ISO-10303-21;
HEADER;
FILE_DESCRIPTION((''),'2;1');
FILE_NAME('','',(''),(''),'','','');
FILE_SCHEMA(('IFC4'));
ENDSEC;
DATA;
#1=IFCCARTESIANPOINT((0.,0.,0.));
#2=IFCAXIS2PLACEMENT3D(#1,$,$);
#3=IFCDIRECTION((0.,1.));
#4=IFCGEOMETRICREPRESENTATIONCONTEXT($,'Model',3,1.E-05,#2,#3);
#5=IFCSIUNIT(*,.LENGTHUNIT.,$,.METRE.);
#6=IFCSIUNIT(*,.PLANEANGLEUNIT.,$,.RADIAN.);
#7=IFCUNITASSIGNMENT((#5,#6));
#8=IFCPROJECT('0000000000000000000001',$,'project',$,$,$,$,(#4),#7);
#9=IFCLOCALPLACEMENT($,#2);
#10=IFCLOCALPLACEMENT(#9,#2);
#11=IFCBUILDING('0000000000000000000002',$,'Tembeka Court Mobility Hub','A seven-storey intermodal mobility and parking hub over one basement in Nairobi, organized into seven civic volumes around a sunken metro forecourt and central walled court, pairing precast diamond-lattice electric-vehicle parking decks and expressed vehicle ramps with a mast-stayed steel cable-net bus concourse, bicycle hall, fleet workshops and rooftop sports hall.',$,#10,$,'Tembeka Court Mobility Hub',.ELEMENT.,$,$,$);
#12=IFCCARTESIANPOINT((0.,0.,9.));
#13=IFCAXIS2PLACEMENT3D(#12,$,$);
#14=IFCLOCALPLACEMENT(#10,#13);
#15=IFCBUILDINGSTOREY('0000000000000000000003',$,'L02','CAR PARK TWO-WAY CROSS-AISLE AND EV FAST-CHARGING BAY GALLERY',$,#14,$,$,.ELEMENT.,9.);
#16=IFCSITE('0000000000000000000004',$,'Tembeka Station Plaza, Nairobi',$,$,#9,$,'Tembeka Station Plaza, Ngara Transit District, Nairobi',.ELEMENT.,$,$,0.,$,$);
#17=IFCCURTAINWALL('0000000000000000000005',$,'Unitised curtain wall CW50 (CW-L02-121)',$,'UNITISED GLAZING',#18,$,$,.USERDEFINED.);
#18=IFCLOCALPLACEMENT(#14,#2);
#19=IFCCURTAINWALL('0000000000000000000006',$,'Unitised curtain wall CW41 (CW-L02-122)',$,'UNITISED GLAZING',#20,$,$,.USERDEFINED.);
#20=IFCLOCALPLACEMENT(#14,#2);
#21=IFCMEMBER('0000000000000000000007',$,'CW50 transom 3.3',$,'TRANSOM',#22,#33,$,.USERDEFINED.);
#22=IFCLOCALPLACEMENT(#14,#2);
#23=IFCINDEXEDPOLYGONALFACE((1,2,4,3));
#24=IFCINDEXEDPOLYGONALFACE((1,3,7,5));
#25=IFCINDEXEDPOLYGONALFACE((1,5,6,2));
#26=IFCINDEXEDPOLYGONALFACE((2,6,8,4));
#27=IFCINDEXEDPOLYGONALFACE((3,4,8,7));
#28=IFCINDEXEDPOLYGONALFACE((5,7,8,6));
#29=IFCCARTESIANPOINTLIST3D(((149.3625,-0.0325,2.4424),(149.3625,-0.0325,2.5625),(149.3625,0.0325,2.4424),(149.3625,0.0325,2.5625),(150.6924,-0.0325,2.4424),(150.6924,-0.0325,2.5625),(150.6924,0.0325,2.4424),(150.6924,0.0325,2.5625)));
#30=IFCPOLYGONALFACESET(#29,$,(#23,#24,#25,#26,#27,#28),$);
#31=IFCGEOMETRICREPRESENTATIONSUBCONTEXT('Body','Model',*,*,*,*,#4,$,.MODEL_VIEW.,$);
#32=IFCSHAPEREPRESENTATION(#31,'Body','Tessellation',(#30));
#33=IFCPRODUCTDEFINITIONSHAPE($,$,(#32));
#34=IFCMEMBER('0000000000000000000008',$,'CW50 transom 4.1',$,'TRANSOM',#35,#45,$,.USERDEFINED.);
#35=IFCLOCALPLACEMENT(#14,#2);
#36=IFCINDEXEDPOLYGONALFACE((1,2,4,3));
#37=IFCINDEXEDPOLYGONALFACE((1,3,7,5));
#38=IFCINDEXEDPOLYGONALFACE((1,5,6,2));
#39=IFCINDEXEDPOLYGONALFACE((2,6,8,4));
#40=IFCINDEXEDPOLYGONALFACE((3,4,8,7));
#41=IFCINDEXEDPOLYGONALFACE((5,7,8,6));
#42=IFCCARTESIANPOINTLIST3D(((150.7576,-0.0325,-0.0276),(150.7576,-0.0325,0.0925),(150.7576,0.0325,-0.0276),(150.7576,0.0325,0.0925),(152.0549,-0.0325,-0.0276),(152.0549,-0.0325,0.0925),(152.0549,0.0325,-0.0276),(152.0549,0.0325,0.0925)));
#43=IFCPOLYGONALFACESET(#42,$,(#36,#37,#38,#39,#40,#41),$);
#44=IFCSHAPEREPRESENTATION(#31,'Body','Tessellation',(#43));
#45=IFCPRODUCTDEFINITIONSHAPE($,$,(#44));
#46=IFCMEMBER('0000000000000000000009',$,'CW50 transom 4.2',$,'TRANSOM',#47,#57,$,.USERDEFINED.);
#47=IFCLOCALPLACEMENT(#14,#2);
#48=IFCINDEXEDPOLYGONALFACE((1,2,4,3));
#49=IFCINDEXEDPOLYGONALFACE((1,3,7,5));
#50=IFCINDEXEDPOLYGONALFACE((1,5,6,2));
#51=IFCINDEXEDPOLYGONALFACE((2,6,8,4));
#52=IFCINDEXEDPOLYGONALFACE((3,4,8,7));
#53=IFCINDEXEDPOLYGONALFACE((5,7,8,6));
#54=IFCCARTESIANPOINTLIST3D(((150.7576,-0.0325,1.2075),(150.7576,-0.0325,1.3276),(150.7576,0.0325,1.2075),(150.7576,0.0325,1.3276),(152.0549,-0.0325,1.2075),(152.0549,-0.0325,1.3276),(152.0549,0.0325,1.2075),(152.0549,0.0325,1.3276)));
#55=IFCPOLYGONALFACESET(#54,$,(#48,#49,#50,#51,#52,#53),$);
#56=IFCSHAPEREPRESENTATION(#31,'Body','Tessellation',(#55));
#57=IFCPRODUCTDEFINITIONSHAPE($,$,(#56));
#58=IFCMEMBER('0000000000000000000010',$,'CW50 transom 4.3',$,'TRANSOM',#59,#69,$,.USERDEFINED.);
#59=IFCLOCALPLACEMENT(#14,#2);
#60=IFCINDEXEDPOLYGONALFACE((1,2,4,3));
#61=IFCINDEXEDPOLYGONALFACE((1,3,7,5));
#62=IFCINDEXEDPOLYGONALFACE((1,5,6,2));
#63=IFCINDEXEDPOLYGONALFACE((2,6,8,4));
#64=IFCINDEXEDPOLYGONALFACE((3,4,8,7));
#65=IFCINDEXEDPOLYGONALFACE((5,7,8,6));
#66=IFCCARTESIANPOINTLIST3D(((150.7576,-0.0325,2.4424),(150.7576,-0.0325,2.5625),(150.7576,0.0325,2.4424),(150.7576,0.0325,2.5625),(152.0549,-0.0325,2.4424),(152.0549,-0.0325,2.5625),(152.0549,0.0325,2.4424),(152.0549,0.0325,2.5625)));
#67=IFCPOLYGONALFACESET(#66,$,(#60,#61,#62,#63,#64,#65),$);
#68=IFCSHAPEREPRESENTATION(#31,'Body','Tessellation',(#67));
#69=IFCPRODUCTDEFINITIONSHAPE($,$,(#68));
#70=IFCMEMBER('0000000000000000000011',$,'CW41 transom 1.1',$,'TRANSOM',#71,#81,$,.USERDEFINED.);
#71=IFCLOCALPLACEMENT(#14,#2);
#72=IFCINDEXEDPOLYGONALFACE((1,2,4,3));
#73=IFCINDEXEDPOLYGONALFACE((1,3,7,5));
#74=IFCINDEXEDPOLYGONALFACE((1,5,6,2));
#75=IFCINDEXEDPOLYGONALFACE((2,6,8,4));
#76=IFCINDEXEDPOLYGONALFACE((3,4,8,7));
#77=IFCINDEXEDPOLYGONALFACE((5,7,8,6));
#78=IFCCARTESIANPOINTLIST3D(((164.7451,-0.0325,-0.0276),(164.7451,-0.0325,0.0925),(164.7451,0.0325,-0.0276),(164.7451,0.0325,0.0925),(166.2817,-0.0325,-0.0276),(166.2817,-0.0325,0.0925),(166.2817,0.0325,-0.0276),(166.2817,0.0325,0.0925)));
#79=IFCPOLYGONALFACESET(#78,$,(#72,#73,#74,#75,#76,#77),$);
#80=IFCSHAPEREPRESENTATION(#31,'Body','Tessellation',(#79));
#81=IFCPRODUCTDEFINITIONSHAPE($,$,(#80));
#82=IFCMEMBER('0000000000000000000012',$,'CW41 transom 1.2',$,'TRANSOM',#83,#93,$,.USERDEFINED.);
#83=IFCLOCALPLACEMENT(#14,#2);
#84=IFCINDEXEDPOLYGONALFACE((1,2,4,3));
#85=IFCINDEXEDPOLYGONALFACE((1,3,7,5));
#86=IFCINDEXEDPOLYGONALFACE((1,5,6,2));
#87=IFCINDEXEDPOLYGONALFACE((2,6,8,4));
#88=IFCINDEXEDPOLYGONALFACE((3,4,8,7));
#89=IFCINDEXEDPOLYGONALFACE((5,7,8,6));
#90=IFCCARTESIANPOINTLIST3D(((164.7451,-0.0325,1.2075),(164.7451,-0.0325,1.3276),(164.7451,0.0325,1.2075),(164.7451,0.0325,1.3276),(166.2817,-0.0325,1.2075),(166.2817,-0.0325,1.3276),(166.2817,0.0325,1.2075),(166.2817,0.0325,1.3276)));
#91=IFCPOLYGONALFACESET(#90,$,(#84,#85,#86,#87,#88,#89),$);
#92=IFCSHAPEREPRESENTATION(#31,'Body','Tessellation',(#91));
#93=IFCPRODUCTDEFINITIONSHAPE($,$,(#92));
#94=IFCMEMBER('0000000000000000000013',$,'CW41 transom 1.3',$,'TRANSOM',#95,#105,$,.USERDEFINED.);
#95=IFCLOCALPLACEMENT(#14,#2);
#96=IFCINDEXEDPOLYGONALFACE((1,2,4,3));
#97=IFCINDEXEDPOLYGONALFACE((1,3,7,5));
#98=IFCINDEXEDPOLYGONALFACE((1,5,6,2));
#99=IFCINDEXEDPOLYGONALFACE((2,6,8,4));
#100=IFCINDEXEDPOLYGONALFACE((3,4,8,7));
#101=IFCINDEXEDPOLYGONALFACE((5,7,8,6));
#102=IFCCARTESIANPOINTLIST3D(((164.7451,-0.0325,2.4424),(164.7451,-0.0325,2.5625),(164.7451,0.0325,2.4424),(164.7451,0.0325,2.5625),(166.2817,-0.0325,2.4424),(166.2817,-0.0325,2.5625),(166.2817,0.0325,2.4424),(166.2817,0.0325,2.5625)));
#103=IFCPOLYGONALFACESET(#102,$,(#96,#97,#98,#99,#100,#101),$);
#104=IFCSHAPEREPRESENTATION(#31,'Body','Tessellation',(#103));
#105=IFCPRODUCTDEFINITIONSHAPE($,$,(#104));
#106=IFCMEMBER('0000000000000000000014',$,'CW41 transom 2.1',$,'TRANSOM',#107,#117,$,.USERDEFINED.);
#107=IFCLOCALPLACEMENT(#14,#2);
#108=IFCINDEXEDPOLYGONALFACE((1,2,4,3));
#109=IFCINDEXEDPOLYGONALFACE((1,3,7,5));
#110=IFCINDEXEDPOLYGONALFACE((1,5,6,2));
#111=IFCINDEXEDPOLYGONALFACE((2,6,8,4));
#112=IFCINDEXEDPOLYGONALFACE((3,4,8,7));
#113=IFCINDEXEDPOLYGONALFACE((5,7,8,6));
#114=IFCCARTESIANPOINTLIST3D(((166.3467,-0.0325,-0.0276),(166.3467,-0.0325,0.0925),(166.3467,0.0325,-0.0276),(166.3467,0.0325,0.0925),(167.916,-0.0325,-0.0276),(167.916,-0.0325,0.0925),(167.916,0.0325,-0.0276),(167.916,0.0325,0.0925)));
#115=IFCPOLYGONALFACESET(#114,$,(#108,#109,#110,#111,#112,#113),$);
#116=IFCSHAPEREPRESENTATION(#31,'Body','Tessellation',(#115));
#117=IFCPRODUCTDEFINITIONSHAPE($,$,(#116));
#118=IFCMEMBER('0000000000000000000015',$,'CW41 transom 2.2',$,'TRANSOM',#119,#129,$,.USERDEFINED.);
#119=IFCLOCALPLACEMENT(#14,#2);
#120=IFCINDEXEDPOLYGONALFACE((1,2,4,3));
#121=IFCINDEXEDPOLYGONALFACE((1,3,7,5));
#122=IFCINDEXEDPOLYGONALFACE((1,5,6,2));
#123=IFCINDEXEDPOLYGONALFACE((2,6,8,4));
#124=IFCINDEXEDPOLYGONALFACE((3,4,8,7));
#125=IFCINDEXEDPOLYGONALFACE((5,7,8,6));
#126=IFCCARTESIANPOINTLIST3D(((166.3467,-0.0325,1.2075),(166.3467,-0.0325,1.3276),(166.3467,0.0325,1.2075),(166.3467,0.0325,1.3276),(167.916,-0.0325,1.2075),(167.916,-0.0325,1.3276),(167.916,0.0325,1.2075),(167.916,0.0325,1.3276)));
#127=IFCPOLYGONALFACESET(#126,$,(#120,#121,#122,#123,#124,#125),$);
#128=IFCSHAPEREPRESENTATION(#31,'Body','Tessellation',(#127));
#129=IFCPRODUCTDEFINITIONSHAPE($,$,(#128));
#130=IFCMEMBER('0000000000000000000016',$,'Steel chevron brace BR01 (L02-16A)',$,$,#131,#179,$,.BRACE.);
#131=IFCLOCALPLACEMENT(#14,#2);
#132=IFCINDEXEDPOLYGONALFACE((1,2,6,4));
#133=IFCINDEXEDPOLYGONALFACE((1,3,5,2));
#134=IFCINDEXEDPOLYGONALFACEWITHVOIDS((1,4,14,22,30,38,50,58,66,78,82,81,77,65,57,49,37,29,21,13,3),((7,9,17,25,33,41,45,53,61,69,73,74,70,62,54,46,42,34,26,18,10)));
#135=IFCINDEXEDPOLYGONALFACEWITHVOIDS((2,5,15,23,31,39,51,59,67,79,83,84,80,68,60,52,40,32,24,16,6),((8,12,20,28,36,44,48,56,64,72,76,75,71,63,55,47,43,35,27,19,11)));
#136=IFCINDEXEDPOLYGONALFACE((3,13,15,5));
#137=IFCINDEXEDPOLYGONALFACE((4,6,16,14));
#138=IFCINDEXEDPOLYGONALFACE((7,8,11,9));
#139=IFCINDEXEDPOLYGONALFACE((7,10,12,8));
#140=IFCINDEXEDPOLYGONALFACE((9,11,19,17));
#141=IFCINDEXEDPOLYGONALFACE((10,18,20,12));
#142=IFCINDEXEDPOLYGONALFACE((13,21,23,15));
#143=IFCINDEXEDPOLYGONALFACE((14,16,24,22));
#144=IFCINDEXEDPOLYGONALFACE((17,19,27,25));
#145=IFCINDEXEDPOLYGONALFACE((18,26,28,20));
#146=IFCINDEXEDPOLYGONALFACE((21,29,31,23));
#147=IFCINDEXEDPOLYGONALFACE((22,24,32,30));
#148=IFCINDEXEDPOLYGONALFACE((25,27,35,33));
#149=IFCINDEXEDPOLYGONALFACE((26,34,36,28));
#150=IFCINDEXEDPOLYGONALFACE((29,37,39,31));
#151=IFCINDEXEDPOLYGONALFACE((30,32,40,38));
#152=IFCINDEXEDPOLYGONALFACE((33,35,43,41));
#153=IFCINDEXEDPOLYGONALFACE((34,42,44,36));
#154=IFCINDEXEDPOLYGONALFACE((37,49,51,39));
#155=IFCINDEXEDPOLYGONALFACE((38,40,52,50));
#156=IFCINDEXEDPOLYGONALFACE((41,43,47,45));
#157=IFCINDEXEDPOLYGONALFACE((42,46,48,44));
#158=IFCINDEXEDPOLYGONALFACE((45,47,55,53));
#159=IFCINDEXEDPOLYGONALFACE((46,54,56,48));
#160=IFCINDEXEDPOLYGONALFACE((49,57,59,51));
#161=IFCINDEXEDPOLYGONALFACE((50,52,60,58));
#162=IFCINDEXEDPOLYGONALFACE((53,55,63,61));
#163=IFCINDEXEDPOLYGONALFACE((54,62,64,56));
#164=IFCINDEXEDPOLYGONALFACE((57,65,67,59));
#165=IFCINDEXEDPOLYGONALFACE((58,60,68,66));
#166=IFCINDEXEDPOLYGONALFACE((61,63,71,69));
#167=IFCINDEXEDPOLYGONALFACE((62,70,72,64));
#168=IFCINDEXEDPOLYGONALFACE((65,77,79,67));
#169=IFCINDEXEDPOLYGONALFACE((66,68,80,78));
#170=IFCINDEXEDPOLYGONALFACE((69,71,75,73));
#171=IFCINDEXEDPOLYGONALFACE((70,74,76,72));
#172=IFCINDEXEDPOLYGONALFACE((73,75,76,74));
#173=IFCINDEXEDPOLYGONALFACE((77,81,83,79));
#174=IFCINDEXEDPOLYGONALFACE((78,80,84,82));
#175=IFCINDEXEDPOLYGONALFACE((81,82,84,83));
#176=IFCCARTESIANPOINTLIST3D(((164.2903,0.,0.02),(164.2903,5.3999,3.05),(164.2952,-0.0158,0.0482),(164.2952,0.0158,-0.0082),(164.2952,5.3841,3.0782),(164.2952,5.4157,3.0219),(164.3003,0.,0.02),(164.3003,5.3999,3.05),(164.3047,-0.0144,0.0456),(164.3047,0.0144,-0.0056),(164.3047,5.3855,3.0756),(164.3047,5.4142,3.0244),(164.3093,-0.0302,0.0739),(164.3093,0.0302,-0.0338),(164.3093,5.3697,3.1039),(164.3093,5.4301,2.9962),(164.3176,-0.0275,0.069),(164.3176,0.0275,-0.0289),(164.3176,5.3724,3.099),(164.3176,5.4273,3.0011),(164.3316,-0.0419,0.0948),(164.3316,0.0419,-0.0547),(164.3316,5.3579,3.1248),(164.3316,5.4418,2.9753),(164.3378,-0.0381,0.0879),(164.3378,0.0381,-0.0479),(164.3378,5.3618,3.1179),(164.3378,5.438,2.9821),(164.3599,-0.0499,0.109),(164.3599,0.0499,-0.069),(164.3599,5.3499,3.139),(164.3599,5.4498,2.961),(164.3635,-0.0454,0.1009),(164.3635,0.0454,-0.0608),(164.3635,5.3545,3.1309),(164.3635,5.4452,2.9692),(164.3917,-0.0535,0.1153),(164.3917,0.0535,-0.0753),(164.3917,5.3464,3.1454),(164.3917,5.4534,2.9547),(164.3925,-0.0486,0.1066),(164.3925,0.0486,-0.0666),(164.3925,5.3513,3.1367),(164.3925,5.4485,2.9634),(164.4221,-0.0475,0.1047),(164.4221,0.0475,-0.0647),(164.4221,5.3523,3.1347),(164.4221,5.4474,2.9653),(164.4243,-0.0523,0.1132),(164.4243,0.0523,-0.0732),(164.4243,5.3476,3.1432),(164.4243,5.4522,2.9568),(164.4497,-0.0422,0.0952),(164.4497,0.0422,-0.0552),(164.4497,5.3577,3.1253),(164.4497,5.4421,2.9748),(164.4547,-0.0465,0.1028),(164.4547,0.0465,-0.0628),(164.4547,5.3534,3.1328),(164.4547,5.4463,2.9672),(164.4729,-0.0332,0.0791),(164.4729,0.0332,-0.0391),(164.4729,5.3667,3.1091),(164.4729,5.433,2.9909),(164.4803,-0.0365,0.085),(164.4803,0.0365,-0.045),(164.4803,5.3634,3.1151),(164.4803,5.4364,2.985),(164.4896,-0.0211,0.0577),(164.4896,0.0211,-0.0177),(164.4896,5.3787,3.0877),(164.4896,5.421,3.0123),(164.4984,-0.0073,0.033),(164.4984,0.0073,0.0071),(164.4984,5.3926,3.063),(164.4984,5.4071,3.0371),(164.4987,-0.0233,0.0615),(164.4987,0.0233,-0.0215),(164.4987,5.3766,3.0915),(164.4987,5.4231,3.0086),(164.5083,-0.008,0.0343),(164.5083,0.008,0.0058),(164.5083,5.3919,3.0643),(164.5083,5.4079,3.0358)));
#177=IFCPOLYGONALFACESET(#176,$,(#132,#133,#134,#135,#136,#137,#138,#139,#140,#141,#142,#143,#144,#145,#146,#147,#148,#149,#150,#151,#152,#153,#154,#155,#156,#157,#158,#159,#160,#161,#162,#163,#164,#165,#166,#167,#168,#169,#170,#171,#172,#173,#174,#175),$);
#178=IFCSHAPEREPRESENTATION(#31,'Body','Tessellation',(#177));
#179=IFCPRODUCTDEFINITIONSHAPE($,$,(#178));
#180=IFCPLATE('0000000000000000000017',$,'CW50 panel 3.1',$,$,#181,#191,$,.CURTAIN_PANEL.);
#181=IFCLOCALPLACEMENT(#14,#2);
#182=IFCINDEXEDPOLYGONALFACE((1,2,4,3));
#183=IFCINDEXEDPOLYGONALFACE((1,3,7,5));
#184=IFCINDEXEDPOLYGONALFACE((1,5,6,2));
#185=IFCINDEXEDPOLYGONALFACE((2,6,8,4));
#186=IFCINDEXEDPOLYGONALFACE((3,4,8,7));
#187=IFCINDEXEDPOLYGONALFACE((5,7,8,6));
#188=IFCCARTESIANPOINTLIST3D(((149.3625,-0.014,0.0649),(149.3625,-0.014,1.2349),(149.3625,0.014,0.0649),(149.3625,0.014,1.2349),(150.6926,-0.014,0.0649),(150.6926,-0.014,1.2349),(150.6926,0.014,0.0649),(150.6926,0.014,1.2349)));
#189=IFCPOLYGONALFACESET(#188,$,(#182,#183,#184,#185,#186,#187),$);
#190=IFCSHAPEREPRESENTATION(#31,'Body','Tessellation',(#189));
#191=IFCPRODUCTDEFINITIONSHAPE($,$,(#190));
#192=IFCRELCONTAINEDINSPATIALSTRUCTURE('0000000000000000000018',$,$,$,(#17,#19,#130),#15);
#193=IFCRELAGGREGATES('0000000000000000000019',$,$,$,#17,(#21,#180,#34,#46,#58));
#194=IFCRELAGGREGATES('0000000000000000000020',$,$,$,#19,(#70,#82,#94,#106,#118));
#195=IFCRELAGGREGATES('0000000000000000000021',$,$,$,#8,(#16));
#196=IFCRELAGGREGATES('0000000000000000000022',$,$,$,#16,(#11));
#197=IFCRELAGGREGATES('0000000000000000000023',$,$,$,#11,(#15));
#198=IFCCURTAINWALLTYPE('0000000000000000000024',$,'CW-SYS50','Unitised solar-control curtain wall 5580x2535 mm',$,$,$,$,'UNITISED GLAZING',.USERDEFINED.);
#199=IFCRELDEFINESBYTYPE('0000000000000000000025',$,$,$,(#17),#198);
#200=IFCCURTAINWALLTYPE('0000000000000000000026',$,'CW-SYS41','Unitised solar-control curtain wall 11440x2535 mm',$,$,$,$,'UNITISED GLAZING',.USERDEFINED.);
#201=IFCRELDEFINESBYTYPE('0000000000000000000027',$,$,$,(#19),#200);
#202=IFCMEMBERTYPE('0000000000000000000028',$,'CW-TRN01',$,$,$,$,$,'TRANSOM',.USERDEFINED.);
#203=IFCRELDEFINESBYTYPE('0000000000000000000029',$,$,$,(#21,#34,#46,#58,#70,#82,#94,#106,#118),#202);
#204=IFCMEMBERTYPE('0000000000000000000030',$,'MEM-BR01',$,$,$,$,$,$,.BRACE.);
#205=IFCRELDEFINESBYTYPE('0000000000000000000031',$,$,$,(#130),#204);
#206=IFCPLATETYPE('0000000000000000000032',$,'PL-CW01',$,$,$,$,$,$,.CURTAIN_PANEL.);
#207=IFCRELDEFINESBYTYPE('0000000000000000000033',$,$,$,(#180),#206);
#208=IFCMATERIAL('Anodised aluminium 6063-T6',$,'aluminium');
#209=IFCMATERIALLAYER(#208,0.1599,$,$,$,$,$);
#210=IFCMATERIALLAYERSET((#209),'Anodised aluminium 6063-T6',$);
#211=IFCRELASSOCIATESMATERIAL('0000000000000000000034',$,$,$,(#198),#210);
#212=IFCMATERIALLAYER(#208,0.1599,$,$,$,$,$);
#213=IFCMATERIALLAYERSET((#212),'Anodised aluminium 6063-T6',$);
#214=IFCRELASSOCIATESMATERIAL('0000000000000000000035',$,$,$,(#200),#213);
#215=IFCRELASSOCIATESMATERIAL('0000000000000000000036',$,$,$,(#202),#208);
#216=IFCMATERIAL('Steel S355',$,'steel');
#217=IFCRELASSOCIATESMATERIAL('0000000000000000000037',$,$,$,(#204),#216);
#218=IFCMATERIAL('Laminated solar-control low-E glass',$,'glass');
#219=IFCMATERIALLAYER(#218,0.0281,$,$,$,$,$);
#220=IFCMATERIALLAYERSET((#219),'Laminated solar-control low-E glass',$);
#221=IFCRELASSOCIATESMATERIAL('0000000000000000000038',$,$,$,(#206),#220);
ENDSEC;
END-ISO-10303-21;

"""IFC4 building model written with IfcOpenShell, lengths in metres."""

from ifc_helpers import new_model, si_unit, direction, frame, origin, origin_2d, place, context, subcontext, project, spatial, rectangle, hollow_circle, extrude, material, layer, layer_set, material_profile, profile_set, type_object, element, aggregate, save


model = new_model("IFC4")

# Units and contexts
model_context = context("Model", 3, precision=1e-05, world=origin(), true_north=direction((0.0, 1.0)))
body_context = subcontext(model_context, "Body", "Model", "MODEL_VIEW")
ifc_project = project(units=[si_unit("LENGTHUNIT", "METRE"), si_unit("PLANEANGLEUNIT", "RADIAN")], contexts=[model_context])

# Site, building, storey
site_placement = place(None, origin())
site = spatial("IfcSite", under=ifc_project, at=site_placement, Name="Tembeka Station Plaza, Nairobi", LongName="Tembeka Station Plaza, Ngara Transit District, Nairobi", CompositionType="ELEMENT", RefElevation=0.0)
building_placement = place(site_placement, origin())
building = spatial("IfcBuilding", under=site, at=building_placement, Name="Tembeka Court Mobility Hub", Description="A seven-storey intermodal mobility and parking hub over one basement in Nairobi, organized into seven civic volumes around a sunken metro forecourt and central walled court, pairing precast diamond-lattice electric-vehicle parking decks and expressed vehicle ramps with a mast-stayed steel cable-net bus concourse, bicycle hall, fleet workshops and rooftop sports hall.", LongName="Tembeka Court Mobility Hub", CompositionType="ELEMENT")
storey_placement = place(building_placement, frame((0.0, 0.0, 9.0)))
storey = spatial("IfcBuildingStorey", under=building, at=storey_placement, Name="L02", Description="CAR PARK TWO-WAY CROSS-AISLE AND EV FAST-CHARGING BAY GALLERY", CompositionType="ELEMENT", Elevation=9.0)

# Shared definitions
ifc_material_1 = material(Name="Steel S355", Category="steel")

# Curtain walls
ifc_material_2 = material(Name="Anodised aluminium 6063-T6", Category="aluminium")
ifc_layer_1 = layer(ifc_material_2, 0.1599)
ifc_layer_set_1 = layer_set([ifc_layer_1], Name="Anodised aluminium 6063-T6")
curtain_wall_type_1 = type_object("IfcCurtainWallType", Name="CW-SYS50", Description="Unitised solar-control curtain wall 5580x2535 mm", ElementType="UNITISED GLAZING", PredefinedType="USERDEFINED", material=ifc_layer_set_1)
curtain_wall_1_placement = place(storey_placement, origin())
curtain_wall_1 = element("IfcCurtainWall", 1, at=curtain_wall_1_placement, inside=storey, type_object=curtain_wall_type_1, Name="Unitised curtain wall CW50 (CW-L02-121)", ObjectType="UNITISED GLAZING", PredefinedType="USERDEFINED")
ifc_layer_2 = layer(ifc_material_2, 0.1599)
ifc_layer_set_2 = layer_set([ifc_layer_2], Name="Anodised aluminium 6063-T6")
curtain_wall_type_2 = type_object("IfcCurtainWallType", Name="CW-SYS41", Description="Unitised solar-control curtain wall 11440x2535 mm", ElementType="UNITISED GLAZING", PredefinedType="USERDEFINED", material=ifc_layer_set_2)
curtain_wall_2_placement = place(storey_placement, origin())
curtain_wall_2 = element("IfcCurtainWall", 2, at=curtain_wall_2_placement, inside=storey, type_object=curtain_wall_type_2, Name="Unitised curtain wall CW41 (CW-L02-122)", ObjectType="UNITISED GLAZING", PredefinedType="USERDEFINED")

# Members
ifc_material_profile_1 = material_profile(ifc_material_2, rectangle(XDim=0.0649, YDim=0.1201, at=origin_2d()), Name="ALU-TRN 65x120")
ifc_profile_set_1 = profile_set([ifc_material_profile_1], Name="Anodised aluminium 6063-T6")
member_type_1 = type_object("IfcMemberType", Name="CW-TRN01", ElementType="TRANSOM", PredefinedType="USERDEFINED", material=ifc_profile_set_1)
member_1_placement = place(storey_placement, frame((149.3625, 0.0, 2.5024), z_axis=(1.0, 0.0, 0.0), x_axis=(0.0, 1.0, 0.0)))
member_1 = element("IfcMember", 3, at=member_1_placement, type_object=member_type_1, Name="CW50 transom 3.3", ObjectType="TRANSOM", PredefinedType="USERDEFINED", context=body_context, shape_type="SweptSolid", body=[
    extrude(rectangle(XDim=0.0649, YDim=0.1201, at=origin_2d()), origin(), (0.0, 0.0, 1.0), 1.3298),
])
member_2_placement = place(storey_placement, frame((150.7576, 0.0, 0.0325), z_axis=(1.0, 0.0, 0.0), x_axis=(0.0, 1.0, 0.0)))
member_2 = element("IfcMember", 4, at=member_2_placement, type_object=member_type_1, Name="CW50 transom 4.1", ObjectType="TRANSOM", PredefinedType="USERDEFINED", context=body_context, shape_type="SweptSolid", body=[
    extrude(rectangle(XDim=0.0649, YDim=0.1201, at=origin_2d()), origin(), (0.0, 0.0, 1.0), 1.2974),
])
member_3_placement = place(storey_placement, frame((150.7576, 0.0, 1.2676), z_axis=(1.0, 0.0, 0.0), x_axis=(0.0, 1.0, 0.0)))
member_3 = element("IfcMember", 5, at=member_3_placement, type_object=member_type_1, Name="CW50 transom 4.2", ObjectType="TRANSOM", PredefinedType="USERDEFINED", context=body_context, shape_type="SweptSolid", body=[
    extrude(rectangle(XDim=0.0649, YDim=0.1201, at=origin_2d()), origin(), (0.0, 0.0, 1.0), 1.2974),
])
member_4_placement = place(storey_placement, frame((150.7576, 0.0, 2.5024), z_axis=(1.0, 0.0, 0.0), x_axis=(0.0, 1.0, 0.0)))
member_4 = element("IfcMember", 6, at=member_4_placement, type_object=member_type_1, Name="CW50 transom 4.3", ObjectType="TRANSOM", PredefinedType="USERDEFINED", context=body_context, shape_type="SweptSolid", body=[
    extrude(rectangle(XDim=0.0649, YDim=0.1201, at=origin_2d()), origin(), (0.0, 0.0, 1.0), 1.2974),
])
member_5_placement = place(storey_placement, frame((164.7451, 0.0, 0.0325), z_axis=(1.0, 0.0, 0.0), x_axis=(0.0, 1.0, 0.0)))
member_5 = element("IfcMember", 7, at=member_5_placement, type_object=member_type_1, Name="CW41 transom 1.1", ObjectType="TRANSOM", PredefinedType="USERDEFINED", context=body_context, shape_type="SweptSolid", body=[
    extrude(rectangle(XDim=0.0649, YDim=0.1201, at=origin_2d()), origin(), (0.0, 0.0, 1.0), 1.5366),
])
member_6_placement = place(storey_placement, frame((164.7451, 0.0, 1.2676), z_axis=(1.0, 0.0, 0.0), x_axis=(0.0, 1.0, 0.0)))
member_6 = element("IfcMember", 8, at=member_6_placement, type_object=member_type_1, Name="CW41 transom 1.2", ObjectType="TRANSOM", PredefinedType="USERDEFINED", context=body_context, shape_type="SweptSolid", body=[
    extrude(rectangle(XDim=0.0649, YDim=0.1201, at=origin_2d()), origin(), (0.0, 0.0, 1.0), 1.5366),
])
member_7_placement = place(storey_placement, frame((164.7451, 0.0, 2.5024), z_axis=(1.0, 0.0, 0.0), x_axis=(0.0, 1.0, 0.0)))
member_7 = element("IfcMember", 9, at=member_7_placement, type_object=member_type_1, Name="CW41 transom 1.3", ObjectType="TRANSOM", PredefinedType="USERDEFINED", context=body_context, shape_type="SweptSolid", body=[
    extrude(rectangle(XDim=0.0649, YDim=0.1201, at=origin_2d()), origin(), (0.0, 0.0, 1.0), 1.5366),
])
member_8_placement = place(storey_placement, frame((166.3467, 0.0, 0.0325), z_axis=(1.0, 0.0, 0.0), x_axis=(0.0, 1.0, 0.0)))
member_8 = element("IfcMember", 10, at=member_8_placement, type_object=member_type_1, Name="CW41 transom 2.1", ObjectType="TRANSOM", PredefinedType="USERDEFINED", context=body_context, shape_type="SweptSolid", body=[
    extrude(rectangle(XDim=0.0649, YDim=0.1201, at=origin_2d()), origin(), (0.0, 0.0, 1.0), 1.5693),
])
member_9_placement = place(storey_placement, frame((166.3467, 0.0, 1.2676), z_axis=(1.0, 0.0, 0.0), x_axis=(0.0, 1.0, 0.0)))
member_9 = element("IfcMember", 11, at=member_9_placement, type_object=member_type_1, Name="CW41 transom 2.2", ObjectType="TRANSOM", PredefinedType="USERDEFINED", context=body_context, shape_type="SweptSolid", body=[
    extrude(rectangle(XDim=0.0649, YDim=0.1201, at=origin_2d()), origin(), (0.0, 0.0, 1.0), 1.5693),
])
ifc_material_profile_2 = material_profile(ifc_material_1, hollow_circle(Radius=0.1096, WallThickness=0.01, at=origin_2d()), Name="CHS 219.1x10")
ifc_profile_set_2 = profile_set([ifc_material_profile_2], Name="Steel S355")
member_type_2 = type_object("IfcMemberType", Name="MEM-BR01", PredefinedType="BRACE", material=ifc_profile_set_2)
member_10_placement = place(storey_placement, frame((164.3999, 0.0, 0.02), z_axis=(0.0, 0.872087, 0.489351), x_axis=(-1.0, 0.0, 0.0)))
element("IfcMember", 12, at=member_10_placement, inside=storey, type_object=member_type_2, Name="Steel chevron brace BR01 (L02-16A)", PredefinedType="BRACE", context=body_context, shape_type="SweptSolid", body=[
    extrude(hollow_circle(Radius=0.1096, WallThickness=0.01, at=origin_2d()), origin(), (0.0, 0.0, 1.0), 6.1919),
])

# Plate
ifc_material_3 = material(Name="Laminated solar-control low-E glass", Category="glass")
ifc_layer_3 = layer(ifc_material_3, 0.0281)
ifc_layer_set_3 = layer_set([ifc_layer_3], Name="Laminated solar-control low-E glass")
plate_type_1 = type_object("IfcPlateType", Name="PL-CW01", PredefinedType="CURTAIN_PANEL", material=ifc_layer_set_3)
plate_1_placement = place(storey_placement, frame((150.0276, 0.0, 0.0649), z_axis=(0.0, 0.0, 1.0), x_axis=(1.0, 0.0, 0.0)))
plate_1 = element("IfcPlate", 13, at=plate_1_placement, type_object=plate_type_1, Name="CW50 panel 3.1", PredefinedType="CURTAIN_PANEL", context=body_context, shape_type="SweptSolid", body=[
    extrude(rectangle(XDim=1.3301, YDim=0.0281, at=origin_2d()), origin(), (0.0, 0.0, 1.0), 1.1699),
])
aggregate(curtain_wall_1, [member_1, plate_1, member_2, member_3, member_4])
aggregate(curtain_wall_2, [member_5, member_6, member_7, member_8, member_9])

save(model, "model.ifc")
